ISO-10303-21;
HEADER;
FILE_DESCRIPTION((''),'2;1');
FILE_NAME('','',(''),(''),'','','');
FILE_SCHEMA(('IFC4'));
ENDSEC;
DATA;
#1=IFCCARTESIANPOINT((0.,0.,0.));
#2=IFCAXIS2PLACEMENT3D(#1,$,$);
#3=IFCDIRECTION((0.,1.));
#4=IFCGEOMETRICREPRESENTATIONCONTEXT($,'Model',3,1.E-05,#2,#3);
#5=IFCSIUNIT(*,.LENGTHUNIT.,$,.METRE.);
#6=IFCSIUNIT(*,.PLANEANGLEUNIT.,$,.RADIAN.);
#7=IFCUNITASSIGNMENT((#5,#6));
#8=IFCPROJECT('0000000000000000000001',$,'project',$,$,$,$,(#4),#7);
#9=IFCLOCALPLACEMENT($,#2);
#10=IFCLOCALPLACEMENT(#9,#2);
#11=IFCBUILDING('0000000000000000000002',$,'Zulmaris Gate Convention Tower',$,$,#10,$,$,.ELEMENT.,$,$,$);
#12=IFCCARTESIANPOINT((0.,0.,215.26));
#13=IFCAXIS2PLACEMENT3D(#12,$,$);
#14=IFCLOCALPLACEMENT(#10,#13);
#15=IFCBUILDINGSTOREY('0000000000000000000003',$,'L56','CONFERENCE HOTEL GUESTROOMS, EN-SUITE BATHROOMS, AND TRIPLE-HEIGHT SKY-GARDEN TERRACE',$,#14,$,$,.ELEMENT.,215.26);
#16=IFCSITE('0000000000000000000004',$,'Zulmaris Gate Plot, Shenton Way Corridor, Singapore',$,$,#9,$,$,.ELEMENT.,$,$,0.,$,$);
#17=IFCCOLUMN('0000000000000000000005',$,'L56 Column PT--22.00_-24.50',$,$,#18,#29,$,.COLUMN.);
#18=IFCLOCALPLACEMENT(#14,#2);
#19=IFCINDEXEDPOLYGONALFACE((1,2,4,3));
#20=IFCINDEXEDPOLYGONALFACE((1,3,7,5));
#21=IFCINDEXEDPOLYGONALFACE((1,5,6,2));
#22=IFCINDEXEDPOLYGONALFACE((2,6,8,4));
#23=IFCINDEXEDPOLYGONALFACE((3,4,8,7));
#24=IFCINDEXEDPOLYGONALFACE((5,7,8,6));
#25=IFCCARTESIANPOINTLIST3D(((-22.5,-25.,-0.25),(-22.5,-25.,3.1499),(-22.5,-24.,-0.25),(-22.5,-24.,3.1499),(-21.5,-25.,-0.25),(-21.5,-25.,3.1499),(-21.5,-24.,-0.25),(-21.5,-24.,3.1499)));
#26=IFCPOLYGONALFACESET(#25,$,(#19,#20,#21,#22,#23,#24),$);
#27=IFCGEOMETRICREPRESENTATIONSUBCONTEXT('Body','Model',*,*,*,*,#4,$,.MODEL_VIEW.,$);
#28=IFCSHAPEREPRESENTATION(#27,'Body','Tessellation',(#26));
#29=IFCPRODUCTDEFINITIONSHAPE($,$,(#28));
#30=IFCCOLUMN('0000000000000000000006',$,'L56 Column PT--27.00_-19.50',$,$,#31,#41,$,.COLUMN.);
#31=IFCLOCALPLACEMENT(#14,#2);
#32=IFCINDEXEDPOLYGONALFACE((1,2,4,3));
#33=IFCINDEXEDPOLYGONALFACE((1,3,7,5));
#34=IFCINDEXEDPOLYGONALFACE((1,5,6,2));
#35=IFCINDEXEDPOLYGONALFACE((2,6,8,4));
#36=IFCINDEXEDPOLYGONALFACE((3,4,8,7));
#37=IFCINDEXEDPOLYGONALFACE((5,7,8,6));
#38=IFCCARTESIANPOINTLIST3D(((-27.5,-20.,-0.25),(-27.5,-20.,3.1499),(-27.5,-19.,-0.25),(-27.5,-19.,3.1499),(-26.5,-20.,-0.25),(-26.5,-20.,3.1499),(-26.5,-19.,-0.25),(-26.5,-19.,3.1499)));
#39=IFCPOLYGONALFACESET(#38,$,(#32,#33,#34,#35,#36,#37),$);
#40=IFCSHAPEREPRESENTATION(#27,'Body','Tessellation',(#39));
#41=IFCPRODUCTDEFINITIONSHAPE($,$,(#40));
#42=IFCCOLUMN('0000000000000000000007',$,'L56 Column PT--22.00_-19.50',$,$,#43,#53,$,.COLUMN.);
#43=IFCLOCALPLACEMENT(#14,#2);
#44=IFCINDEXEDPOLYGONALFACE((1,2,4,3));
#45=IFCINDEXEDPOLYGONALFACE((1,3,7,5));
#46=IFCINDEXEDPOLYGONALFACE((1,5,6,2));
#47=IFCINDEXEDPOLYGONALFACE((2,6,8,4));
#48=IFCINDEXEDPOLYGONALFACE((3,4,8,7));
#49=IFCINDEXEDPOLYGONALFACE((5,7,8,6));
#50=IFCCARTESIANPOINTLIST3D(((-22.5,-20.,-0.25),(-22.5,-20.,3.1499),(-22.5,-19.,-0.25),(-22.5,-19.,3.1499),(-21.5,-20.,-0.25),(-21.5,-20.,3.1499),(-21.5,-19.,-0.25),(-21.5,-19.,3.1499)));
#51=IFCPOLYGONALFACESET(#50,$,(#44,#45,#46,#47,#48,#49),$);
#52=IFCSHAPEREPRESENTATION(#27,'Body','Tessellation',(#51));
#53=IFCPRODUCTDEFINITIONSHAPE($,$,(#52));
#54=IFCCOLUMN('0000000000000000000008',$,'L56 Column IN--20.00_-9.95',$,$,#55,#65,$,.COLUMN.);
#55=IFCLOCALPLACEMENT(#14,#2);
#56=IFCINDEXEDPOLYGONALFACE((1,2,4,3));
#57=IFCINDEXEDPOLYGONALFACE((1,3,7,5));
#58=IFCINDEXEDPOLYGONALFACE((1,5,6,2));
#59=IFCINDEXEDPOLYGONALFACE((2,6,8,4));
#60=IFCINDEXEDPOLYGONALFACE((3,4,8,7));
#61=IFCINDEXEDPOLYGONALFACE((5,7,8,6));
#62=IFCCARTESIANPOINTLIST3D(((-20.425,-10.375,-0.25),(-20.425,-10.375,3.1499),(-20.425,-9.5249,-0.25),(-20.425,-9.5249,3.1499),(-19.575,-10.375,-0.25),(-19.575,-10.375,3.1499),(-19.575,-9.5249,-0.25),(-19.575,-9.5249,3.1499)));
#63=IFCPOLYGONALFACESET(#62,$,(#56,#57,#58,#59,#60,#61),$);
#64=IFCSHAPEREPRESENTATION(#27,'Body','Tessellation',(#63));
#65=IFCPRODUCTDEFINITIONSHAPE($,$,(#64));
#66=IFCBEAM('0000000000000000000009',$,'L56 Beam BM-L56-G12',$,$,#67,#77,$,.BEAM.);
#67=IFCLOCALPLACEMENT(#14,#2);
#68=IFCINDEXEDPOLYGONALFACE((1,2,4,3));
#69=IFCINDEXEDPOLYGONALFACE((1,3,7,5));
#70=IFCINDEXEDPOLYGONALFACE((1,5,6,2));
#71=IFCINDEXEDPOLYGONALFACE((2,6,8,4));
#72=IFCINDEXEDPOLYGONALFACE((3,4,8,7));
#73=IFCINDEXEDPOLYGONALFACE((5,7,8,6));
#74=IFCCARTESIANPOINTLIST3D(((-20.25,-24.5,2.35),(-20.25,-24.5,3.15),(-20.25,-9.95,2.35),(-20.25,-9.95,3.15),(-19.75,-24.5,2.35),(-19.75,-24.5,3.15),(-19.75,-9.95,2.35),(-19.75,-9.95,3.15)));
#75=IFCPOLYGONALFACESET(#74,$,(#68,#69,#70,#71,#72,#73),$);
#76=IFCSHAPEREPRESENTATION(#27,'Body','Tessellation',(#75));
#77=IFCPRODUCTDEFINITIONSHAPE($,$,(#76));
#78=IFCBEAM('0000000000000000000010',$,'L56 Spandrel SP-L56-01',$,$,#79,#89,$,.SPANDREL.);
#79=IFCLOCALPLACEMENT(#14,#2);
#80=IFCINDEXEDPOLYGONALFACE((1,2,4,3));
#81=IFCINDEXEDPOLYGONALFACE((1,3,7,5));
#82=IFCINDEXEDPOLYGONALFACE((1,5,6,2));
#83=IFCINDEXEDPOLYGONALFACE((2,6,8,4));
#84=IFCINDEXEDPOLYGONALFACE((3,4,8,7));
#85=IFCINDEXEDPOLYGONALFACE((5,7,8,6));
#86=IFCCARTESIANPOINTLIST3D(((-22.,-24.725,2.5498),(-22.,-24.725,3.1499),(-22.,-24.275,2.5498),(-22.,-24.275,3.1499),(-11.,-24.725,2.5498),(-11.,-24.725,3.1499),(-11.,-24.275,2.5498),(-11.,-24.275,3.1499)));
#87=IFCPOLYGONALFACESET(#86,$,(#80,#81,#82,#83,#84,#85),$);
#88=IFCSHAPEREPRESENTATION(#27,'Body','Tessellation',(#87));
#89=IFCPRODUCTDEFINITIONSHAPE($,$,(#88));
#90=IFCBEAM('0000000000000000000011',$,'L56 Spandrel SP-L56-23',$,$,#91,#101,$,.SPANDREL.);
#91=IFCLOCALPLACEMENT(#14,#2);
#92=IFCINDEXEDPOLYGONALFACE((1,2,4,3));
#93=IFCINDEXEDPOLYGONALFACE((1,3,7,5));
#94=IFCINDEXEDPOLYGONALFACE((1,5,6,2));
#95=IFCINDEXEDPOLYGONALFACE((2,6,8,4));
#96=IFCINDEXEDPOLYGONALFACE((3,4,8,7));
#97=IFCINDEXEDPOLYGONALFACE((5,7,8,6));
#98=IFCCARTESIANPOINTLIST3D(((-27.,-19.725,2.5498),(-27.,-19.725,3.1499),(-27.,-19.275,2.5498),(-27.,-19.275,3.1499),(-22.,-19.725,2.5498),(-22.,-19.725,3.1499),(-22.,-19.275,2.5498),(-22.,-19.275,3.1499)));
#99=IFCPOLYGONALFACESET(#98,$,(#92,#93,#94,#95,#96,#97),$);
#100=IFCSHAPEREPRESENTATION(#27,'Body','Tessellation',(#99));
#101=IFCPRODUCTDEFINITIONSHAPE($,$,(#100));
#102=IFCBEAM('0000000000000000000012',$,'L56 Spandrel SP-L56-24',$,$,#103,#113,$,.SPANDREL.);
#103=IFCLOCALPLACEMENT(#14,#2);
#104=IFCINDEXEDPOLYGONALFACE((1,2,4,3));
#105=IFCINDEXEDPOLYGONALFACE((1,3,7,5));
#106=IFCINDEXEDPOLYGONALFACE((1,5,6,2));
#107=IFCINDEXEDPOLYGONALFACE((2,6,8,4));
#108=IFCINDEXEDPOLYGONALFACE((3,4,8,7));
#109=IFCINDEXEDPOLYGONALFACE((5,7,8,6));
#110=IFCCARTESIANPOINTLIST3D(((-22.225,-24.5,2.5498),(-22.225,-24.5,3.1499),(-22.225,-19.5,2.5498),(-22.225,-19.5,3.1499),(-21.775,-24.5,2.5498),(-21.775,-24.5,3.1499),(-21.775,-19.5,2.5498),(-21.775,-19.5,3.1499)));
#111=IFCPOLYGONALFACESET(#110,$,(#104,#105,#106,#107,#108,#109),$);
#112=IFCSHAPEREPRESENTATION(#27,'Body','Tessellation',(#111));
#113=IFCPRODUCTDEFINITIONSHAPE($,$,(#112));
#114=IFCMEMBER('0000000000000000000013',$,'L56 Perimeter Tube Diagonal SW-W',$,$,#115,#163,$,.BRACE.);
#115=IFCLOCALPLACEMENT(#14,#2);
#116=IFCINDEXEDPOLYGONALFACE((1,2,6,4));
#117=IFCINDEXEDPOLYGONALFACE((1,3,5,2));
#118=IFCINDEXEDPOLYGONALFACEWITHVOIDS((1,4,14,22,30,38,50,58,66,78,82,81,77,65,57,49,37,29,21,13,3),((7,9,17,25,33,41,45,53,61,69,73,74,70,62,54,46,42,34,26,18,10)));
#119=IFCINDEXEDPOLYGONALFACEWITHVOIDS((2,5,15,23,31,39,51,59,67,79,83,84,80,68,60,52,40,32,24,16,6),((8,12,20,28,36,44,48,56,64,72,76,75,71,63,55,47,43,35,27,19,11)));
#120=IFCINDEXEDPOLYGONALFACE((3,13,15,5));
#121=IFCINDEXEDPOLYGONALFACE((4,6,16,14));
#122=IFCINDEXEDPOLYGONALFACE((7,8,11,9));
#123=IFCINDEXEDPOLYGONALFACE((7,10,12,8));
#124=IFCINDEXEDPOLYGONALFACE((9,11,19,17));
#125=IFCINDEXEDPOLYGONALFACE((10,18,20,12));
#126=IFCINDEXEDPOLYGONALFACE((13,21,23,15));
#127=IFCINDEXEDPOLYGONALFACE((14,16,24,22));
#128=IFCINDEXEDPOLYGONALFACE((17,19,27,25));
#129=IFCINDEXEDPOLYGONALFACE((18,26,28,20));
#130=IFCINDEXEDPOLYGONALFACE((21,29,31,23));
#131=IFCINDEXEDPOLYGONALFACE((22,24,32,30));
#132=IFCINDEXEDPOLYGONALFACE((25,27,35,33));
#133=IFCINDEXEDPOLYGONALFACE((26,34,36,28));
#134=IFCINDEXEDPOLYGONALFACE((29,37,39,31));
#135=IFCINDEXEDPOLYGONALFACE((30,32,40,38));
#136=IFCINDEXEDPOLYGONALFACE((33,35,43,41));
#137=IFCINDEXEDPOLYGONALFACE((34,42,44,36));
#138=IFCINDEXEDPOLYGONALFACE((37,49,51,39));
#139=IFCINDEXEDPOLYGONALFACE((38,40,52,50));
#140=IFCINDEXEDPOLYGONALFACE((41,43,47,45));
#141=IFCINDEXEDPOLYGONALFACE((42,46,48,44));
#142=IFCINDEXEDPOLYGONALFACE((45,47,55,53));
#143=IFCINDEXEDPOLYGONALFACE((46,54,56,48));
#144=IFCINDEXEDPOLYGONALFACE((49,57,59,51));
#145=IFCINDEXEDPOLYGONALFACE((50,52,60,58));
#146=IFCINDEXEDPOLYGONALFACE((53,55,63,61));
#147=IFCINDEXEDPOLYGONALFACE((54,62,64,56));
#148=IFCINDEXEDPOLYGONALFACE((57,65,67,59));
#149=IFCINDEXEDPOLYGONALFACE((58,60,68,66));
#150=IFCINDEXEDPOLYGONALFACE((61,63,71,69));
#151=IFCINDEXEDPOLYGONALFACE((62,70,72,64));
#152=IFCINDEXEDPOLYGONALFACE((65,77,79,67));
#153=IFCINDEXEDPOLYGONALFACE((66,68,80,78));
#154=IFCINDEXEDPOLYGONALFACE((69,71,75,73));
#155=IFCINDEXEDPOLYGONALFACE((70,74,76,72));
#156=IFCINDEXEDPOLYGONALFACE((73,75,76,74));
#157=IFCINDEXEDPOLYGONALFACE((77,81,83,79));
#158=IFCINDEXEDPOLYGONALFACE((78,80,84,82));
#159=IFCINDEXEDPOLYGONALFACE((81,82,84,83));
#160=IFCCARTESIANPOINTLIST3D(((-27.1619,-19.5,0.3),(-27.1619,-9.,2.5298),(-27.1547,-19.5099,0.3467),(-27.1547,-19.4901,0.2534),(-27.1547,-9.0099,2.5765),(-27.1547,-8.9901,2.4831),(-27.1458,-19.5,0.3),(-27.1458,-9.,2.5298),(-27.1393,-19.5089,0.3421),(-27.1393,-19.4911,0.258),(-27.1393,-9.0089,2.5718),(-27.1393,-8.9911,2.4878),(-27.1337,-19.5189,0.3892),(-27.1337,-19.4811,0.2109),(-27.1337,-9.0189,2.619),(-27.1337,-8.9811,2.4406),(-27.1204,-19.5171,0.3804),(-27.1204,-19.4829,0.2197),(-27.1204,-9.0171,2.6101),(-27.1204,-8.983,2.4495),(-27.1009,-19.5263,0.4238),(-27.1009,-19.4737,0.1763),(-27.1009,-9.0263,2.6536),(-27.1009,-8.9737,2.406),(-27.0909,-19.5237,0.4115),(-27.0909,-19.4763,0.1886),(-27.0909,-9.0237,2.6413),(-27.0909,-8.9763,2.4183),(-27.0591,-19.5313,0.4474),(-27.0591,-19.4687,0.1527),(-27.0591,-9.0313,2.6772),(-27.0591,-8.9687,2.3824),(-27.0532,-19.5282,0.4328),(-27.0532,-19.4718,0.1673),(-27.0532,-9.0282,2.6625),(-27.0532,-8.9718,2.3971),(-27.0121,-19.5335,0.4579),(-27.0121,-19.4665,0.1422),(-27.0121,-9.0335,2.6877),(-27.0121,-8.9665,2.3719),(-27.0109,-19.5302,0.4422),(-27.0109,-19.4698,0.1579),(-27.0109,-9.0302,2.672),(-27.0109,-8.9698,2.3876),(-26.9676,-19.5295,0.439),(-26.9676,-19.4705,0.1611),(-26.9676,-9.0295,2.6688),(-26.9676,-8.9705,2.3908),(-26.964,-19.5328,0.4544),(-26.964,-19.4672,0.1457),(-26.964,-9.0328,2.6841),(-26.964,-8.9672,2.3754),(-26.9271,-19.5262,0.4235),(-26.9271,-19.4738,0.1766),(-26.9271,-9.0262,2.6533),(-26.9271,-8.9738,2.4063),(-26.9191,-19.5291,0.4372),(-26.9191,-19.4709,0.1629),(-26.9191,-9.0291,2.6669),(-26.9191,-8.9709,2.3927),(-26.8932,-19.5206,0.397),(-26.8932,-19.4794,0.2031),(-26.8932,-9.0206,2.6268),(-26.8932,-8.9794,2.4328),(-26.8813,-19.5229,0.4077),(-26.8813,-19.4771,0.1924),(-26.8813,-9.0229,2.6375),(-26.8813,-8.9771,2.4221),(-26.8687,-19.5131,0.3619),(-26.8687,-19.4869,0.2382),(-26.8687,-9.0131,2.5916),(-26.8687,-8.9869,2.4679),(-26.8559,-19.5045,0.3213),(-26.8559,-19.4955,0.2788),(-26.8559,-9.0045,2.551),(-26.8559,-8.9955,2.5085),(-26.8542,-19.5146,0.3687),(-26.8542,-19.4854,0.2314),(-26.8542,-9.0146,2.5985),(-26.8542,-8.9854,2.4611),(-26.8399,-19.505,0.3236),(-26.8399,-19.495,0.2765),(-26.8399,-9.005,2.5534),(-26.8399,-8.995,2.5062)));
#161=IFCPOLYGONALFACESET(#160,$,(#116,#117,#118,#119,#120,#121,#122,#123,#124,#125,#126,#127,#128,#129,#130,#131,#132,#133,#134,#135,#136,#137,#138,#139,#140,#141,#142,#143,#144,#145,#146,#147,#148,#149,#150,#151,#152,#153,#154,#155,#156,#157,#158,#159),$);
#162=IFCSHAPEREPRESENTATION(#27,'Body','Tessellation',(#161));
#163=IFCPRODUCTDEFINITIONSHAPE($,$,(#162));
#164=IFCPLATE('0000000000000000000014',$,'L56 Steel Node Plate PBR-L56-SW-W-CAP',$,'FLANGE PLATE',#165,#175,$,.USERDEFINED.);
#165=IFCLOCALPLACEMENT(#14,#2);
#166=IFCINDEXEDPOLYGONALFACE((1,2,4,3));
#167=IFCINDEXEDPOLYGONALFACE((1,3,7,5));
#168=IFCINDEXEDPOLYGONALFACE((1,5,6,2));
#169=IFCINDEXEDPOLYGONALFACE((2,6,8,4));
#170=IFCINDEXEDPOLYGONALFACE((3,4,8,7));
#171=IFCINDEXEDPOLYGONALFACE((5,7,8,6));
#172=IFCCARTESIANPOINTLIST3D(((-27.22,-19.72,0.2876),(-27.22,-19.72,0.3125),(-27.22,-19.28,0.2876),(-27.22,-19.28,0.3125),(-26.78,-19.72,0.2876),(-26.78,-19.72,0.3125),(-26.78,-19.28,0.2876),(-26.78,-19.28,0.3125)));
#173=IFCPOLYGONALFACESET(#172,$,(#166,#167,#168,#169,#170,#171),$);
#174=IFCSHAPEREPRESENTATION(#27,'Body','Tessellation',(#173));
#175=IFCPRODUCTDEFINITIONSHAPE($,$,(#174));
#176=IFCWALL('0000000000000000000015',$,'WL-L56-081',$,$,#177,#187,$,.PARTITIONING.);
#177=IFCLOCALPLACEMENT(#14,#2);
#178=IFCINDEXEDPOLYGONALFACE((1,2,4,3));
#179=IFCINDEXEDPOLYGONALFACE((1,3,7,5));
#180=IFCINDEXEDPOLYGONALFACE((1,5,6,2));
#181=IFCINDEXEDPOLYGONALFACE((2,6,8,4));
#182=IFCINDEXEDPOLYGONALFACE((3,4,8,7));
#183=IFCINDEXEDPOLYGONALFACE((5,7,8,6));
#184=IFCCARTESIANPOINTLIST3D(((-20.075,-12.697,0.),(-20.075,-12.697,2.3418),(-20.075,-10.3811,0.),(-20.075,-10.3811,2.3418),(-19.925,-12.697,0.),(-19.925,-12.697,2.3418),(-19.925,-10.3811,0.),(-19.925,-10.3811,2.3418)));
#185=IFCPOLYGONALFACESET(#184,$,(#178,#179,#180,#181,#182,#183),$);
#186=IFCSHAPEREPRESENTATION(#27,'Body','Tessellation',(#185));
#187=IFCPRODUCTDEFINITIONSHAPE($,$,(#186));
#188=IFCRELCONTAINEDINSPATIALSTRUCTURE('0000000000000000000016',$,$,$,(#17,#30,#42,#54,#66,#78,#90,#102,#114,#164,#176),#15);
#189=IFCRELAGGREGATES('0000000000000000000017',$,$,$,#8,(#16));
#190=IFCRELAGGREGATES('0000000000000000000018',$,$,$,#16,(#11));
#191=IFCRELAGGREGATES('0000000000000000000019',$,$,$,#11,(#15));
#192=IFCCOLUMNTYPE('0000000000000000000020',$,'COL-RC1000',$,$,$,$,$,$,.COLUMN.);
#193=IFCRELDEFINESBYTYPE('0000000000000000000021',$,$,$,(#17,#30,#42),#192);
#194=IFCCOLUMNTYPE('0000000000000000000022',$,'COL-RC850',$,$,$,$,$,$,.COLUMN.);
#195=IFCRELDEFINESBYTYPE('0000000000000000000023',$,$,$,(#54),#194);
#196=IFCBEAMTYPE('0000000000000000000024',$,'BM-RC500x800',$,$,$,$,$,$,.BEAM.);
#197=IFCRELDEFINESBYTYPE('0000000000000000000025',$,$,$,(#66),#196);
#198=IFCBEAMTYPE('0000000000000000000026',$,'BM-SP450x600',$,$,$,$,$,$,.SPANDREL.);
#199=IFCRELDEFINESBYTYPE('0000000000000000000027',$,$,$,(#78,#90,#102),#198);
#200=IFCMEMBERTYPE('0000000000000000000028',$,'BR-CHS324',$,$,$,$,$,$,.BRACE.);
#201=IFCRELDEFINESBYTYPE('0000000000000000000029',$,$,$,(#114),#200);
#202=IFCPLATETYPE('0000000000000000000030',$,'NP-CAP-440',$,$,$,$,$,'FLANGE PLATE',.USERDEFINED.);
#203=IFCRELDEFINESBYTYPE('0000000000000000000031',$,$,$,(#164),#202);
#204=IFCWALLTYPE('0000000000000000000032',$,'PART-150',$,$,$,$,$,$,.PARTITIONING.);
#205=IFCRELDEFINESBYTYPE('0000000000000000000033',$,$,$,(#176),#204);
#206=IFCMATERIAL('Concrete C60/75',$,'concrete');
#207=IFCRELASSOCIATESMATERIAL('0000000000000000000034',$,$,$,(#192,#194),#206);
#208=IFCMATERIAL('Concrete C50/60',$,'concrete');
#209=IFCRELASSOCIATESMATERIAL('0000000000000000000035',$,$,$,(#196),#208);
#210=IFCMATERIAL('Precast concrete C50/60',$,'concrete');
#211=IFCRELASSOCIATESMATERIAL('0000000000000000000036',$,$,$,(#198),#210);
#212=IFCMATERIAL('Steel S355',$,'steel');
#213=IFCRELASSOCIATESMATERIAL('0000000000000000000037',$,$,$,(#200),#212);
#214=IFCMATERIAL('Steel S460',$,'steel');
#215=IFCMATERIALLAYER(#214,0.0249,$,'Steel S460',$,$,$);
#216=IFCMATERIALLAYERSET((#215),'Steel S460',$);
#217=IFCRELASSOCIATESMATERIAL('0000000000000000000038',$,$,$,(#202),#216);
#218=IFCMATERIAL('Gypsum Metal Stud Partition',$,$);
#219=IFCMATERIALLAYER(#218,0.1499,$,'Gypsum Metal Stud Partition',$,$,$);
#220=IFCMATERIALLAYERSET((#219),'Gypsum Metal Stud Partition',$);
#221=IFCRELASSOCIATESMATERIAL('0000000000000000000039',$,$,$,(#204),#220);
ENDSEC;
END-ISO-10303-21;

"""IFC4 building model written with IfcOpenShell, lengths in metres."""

from ifc_helpers import new_model, si_unit, direction, frame, frame_2d, origin, origin_2d, place, context, subcontext, project, spatial, rectangle, hollow_circle, extrude, material, layer, layer_set, material_profile, profile_set, type_object, element, save


model = new_model("IFC4")

# Units and contexts
model_context = context("Model", 3, precision=1e-05, world=origin(), true_north=direction((0.0, 1.0)))
body_context = subcontext(model_context, "Body", "Model", "MODEL_VIEW")
ifc_project = project(units=[si_unit("LENGTHUNIT", "METRE"), si_unit("PLANEANGLEUNIT", "RADIAN")], contexts=[model_context])

# Site, building, storey
site_placement = place(None, origin())
site = spatial("IfcSite", under=ifc_project, at=site_placement, Name="Zulmaris Gate Plot, Shenton Way Corridor, Singapore", CompositionType="ELEMENT", RefElevation=0.0)
building_placement = place(site_placement, origin())
building = spatial("IfcBuilding", under=site, at=building_placement, Name="Zulmaris Gate Convention Tower", CompositionType="ELEMENT")
storey_placement = place(building_placement, frame((0.0, 0.0, 215.26)))
storey = spatial("IfcBuildingStorey", under=building, at=storey_placement, Name="L56", Description="CONFERENCE HOTEL GUESTROOMS, EN-SUITE BATHROOMS, AND TRIPLE-HEIGHT SKY-GARDEN TERRACE", CompositionType="ELEMENT", Elevation=215.26)

# Columns
ifc_material_1 = material(Name="Concrete C60/75", Category="concrete")
ifc_material_profile_1 = material_profile(ifc_material_1, rectangle(XDim=1.0, YDim=1.0, at=origin_2d()), Name="RC COL 1000x1000")
ifc_profile_set_1 = profile_set([ifc_material_profile_1], Name="Concrete C60/75")
column_type_1 = type_object("IfcColumnType", Name="COL-RC1000", PredefinedType="COLUMN", material=ifc_profile_set_1)
for number, where, z_axis, x_axis, name in (
    (1, (-22.0, -24.5, -0.25), (0.0, 0.0, 1.0), (1.0, 0.0, 0.0), "L56 Column PT--22.00_-24.50"),
    (2, (-27.0, -19.5, -0.25), (0.0, 0.0, 1.0), (1.0, 0.0, 0.0), "L56 Column PT--27.00_-19.50"),
    (3, (-22.0, -19.5, -0.25), (0.0, 0.0, 1.0), (1.0, 0.0, 0.0), "L56 Column PT--22.00_-19.50"),
):
    element("IfcColumn", number, at=place(storey_placement, frame(where, z_axis=z_axis, x_axis=x_axis)), inside=storey, type_object=column_type_1, Name=name, PredefinedType="COLUMN", context=body_context, shape_type="SweptSolid", body=[
        extrude(rectangle(XDim=1.0, YDim=1.0, at=origin_2d()), origin(), (0.0, 0.0, 1.0), 3.3999),
    ])
ifc_material_profile_2 = material_profile(ifc_material_1, rectangle(XDim=0.8501, YDim=0.8501, at=origin_2d()), Name="RC COL 850x850")
ifc_profile_set_2 = profile_set([ifc_material_profile_2], Name="Concrete C60/75")
column_type_2 = type_object("IfcColumnType", Name="COL-RC850", PredefinedType="COLUMN", material=ifc_profile_set_2)
column_placement = place(storey_placement, frame((-20.0, -9.95, -0.25), z_axis=(0.0, 0.0, 1.0), x_axis=(1.0, 0.0, 0.0)))
element("IfcColumn", 4, at=column_placement, inside=storey, type_object=column_type_2, Name="L56 Column IN--20.00_-9.95", PredefinedType="COLUMN", context=body_context, shape_type="SweptSolid", body=[
    extrude(rectangle(XDim=0.8501, YDim=0.8501, at=origin_2d()), origin(), (0.0, 0.0, 1.0), 3.3999),
])

# Beams
ifc_material_2 = material(Name="Concrete C50/60", Category="concrete")
ifc_material_profile_3 = material_profile(ifc_material_2, rectangle(XDim=0.5, YDim=0.8, at=origin_2d()), Name="RC BEAM 500x800")
ifc_profile_set_3 = profile_set([ifc_material_profile_3], Name="Concrete C50/60")
beam_type_1 = type_object("IfcBeamType", Name="BM-RC500x800", PredefinedType="BEAM", material=ifc_profile_set_3)
beam_1_placement = place(storey_placement, frame((-20.0, -24.5, 2.75), z_axis=(0.0, 1.0, 0.0), x_axis=(-1.0, 0.0, 0.0)))
element("IfcBeam", 5, at=beam_1_placement, inside=storey, type_object=beam_type_1, Name="L56 Beam BM-L56-G12", PredefinedType="BEAM", context=body_context, shape_type="SweptSolid", body=[
    extrude(rectangle(XDim=0.5, YDim=0.8, at=origin_2d()), origin(), (0.0, 0.0, 1.0), 14.55),
])
ifc_material_3 = material(Name="Precast concrete C50/60", Category="concrete")
ifc_material_profile_4 = material_profile(ifc_material_3, rectangle(XDim=0.45, YDim=0.6001, at=origin_2d()), Name="RC SPANDREL 450x600")
ifc_profile_set_4 = profile_set([ifc_material_profile_4], Name="Precast concrete C50/60")
beam_type_2 = type_object("IfcBeamType", Name="BM-SP450x600", PredefinedType="SPANDREL", material=ifc_profile_set_4)
beam_2_placement = place(storey_placement, frame((-22.0, -24.5, 2.8499), z_axis=(1.0, 0.0, 0.0), x_axis=(0.0, 1.0, 0.0)))
element("IfcBeam", 6, at=beam_2_placement, inside=storey, type_object=beam_type_2, Name="L56 Spandrel SP-L56-01", PredefinedType="SPANDREL", context=body_context, shape_type="SweptSolid", body=[
    extrude(rectangle(XDim=0.45, YDim=0.6001, at=origin_2d()), origin(), (0.0, 0.0, 1.0), 11.0),
])
for number, where, z_axis, x_axis, name in (
    (7, (-27.0, -19.5, 2.8499), (1.0, 0.0, 0.0), (0.0, 1.0, 0.0), "L56 Spandrel SP-L56-23"),
    (8, (-22.0, -19.5, 2.8499), (0.0, -1.0, 0.0), (1.0, 0.0, 0.0), "L56 Spandrel SP-L56-24"),
):
    element("IfcBeam", number, at=place(storey_placement, frame(where, z_axis=z_axis, x_axis=x_axis)), inside=storey, type_object=beam_type_2, Name=name, PredefinedType="SPANDREL", context=body_context, shape_type="SweptSolid", body=[
        extrude(rectangle(XDim=0.45, YDim=0.6001, at=origin_2d()), origin(), (0.0, 0.0, 1.0), 5.0),
    ])

# Member
ifc_material_4 = material(Name="Steel S355", Category="steel")
ifc_material_profile_5 = material_profile(ifc_material_4, hollow_circle(Radius=0.1619, WallThickness=0.0161, at=origin_2d()), Name="CHS 323.9x16")
ifc_profile_set_5 = profile_set([ifc_material_profile_5], Name="Steel S355")
member_type = type_object("IfcMemberType", Name="BR-CHS324", PredefinedType="BRACE", material=ifc_profile_set_5)
member_placement = place(storey_placement, frame((-27.0, -19.5, 0.3), z_axis=(0.0, 0.978188, 0.207724), x_axis=(-1.0, 0.0, 0.0)))
element("IfcMember", 9, at=member_placement, inside=storey, type_object=member_type, Name="L56 Perimeter Tube Diagonal SW-W", PredefinedType="BRACE", context=body_context, shape_type="SweptSolid", body=[
    extrude(hollow_circle(Radius=0.1619, WallThickness=0.0161, at=origin_2d()), origin(), (0.0, 0.0, 1.0), 10.7341),
])

# Plate
ifc_material_5 = material(Name="Steel S460", Category="steel")
ifc_layer_1 = layer(ifc_material_5, 0.0249, Name="Steel S460")
ifc_layer_set_1 = layer_set([ifc_layer_1], Name="Steel S460")
plate_type = type_object("IfcPlateType", Name="NP-CAP-440", ElementType="FLANGE PLATE", PredefinedType="USERDEFINED", material=ifc_layer_set_1)
plate_placement = place(storey_placement, frame((-27.0, -19.5, 0.2876), z_axis=(0.0, 0.0, 1.0), x_axis=(1.0, 0.0, 0.0)))
element("IfcPlate", 10, at=plate_placement, inside=storey, type_object=plate_type, Name="L56 Steel Node Plate PBR-L56-SW-W-CAP", ObjectType="FLANGE PLATE", PredefinedType="USERDEFINED", context=body_context, shape_type="SweptSolid", body=[
    extrude(rectangle(XDim=0.4399, YDim=0.4399, at=origin_2d()), origin(), (0.0, 0.0, 1.0), 0.0249),
])

# Wall
ifc_material_6 = material(Name="Gypsum Metal Stud Partition")
ifc_layer_2 = layer(ifc_material_6, 0.1499, Name="Gypsum Metal Stud Partition")
ifc_layer_set_2 = layer_set([ifc_layer_2], Name="Gypsum Metal Stud Partition")
wall_type_1 = type_object("IfcWallType", Name="PART-150", PredefinedType="PARTITIONING", material=ifc_layer_set_2)
wall_1_placement = place(storey_placement, frame((-20.0, -12.697, 0.0), z_axis=(0.0, 0.0, 1.0), x_axis=(0.0, 1.0, 0.0)))
element("IfcWall", 11, at=wall_1_placement, inside=storey, type_object=wall_type_1, Name="WL-L56-081", PredefinedType="PARTITIONING", context=body_context, shape_type="SweptSolid", body=[
    extrude(rectangle(XDim=2.3159, YDim=0.1499, at=frame_2d((1.158, 0.0))), origin(), (0.0, 0.0, 1.0), 2.3418),
])

save(model, "model.ifc")
